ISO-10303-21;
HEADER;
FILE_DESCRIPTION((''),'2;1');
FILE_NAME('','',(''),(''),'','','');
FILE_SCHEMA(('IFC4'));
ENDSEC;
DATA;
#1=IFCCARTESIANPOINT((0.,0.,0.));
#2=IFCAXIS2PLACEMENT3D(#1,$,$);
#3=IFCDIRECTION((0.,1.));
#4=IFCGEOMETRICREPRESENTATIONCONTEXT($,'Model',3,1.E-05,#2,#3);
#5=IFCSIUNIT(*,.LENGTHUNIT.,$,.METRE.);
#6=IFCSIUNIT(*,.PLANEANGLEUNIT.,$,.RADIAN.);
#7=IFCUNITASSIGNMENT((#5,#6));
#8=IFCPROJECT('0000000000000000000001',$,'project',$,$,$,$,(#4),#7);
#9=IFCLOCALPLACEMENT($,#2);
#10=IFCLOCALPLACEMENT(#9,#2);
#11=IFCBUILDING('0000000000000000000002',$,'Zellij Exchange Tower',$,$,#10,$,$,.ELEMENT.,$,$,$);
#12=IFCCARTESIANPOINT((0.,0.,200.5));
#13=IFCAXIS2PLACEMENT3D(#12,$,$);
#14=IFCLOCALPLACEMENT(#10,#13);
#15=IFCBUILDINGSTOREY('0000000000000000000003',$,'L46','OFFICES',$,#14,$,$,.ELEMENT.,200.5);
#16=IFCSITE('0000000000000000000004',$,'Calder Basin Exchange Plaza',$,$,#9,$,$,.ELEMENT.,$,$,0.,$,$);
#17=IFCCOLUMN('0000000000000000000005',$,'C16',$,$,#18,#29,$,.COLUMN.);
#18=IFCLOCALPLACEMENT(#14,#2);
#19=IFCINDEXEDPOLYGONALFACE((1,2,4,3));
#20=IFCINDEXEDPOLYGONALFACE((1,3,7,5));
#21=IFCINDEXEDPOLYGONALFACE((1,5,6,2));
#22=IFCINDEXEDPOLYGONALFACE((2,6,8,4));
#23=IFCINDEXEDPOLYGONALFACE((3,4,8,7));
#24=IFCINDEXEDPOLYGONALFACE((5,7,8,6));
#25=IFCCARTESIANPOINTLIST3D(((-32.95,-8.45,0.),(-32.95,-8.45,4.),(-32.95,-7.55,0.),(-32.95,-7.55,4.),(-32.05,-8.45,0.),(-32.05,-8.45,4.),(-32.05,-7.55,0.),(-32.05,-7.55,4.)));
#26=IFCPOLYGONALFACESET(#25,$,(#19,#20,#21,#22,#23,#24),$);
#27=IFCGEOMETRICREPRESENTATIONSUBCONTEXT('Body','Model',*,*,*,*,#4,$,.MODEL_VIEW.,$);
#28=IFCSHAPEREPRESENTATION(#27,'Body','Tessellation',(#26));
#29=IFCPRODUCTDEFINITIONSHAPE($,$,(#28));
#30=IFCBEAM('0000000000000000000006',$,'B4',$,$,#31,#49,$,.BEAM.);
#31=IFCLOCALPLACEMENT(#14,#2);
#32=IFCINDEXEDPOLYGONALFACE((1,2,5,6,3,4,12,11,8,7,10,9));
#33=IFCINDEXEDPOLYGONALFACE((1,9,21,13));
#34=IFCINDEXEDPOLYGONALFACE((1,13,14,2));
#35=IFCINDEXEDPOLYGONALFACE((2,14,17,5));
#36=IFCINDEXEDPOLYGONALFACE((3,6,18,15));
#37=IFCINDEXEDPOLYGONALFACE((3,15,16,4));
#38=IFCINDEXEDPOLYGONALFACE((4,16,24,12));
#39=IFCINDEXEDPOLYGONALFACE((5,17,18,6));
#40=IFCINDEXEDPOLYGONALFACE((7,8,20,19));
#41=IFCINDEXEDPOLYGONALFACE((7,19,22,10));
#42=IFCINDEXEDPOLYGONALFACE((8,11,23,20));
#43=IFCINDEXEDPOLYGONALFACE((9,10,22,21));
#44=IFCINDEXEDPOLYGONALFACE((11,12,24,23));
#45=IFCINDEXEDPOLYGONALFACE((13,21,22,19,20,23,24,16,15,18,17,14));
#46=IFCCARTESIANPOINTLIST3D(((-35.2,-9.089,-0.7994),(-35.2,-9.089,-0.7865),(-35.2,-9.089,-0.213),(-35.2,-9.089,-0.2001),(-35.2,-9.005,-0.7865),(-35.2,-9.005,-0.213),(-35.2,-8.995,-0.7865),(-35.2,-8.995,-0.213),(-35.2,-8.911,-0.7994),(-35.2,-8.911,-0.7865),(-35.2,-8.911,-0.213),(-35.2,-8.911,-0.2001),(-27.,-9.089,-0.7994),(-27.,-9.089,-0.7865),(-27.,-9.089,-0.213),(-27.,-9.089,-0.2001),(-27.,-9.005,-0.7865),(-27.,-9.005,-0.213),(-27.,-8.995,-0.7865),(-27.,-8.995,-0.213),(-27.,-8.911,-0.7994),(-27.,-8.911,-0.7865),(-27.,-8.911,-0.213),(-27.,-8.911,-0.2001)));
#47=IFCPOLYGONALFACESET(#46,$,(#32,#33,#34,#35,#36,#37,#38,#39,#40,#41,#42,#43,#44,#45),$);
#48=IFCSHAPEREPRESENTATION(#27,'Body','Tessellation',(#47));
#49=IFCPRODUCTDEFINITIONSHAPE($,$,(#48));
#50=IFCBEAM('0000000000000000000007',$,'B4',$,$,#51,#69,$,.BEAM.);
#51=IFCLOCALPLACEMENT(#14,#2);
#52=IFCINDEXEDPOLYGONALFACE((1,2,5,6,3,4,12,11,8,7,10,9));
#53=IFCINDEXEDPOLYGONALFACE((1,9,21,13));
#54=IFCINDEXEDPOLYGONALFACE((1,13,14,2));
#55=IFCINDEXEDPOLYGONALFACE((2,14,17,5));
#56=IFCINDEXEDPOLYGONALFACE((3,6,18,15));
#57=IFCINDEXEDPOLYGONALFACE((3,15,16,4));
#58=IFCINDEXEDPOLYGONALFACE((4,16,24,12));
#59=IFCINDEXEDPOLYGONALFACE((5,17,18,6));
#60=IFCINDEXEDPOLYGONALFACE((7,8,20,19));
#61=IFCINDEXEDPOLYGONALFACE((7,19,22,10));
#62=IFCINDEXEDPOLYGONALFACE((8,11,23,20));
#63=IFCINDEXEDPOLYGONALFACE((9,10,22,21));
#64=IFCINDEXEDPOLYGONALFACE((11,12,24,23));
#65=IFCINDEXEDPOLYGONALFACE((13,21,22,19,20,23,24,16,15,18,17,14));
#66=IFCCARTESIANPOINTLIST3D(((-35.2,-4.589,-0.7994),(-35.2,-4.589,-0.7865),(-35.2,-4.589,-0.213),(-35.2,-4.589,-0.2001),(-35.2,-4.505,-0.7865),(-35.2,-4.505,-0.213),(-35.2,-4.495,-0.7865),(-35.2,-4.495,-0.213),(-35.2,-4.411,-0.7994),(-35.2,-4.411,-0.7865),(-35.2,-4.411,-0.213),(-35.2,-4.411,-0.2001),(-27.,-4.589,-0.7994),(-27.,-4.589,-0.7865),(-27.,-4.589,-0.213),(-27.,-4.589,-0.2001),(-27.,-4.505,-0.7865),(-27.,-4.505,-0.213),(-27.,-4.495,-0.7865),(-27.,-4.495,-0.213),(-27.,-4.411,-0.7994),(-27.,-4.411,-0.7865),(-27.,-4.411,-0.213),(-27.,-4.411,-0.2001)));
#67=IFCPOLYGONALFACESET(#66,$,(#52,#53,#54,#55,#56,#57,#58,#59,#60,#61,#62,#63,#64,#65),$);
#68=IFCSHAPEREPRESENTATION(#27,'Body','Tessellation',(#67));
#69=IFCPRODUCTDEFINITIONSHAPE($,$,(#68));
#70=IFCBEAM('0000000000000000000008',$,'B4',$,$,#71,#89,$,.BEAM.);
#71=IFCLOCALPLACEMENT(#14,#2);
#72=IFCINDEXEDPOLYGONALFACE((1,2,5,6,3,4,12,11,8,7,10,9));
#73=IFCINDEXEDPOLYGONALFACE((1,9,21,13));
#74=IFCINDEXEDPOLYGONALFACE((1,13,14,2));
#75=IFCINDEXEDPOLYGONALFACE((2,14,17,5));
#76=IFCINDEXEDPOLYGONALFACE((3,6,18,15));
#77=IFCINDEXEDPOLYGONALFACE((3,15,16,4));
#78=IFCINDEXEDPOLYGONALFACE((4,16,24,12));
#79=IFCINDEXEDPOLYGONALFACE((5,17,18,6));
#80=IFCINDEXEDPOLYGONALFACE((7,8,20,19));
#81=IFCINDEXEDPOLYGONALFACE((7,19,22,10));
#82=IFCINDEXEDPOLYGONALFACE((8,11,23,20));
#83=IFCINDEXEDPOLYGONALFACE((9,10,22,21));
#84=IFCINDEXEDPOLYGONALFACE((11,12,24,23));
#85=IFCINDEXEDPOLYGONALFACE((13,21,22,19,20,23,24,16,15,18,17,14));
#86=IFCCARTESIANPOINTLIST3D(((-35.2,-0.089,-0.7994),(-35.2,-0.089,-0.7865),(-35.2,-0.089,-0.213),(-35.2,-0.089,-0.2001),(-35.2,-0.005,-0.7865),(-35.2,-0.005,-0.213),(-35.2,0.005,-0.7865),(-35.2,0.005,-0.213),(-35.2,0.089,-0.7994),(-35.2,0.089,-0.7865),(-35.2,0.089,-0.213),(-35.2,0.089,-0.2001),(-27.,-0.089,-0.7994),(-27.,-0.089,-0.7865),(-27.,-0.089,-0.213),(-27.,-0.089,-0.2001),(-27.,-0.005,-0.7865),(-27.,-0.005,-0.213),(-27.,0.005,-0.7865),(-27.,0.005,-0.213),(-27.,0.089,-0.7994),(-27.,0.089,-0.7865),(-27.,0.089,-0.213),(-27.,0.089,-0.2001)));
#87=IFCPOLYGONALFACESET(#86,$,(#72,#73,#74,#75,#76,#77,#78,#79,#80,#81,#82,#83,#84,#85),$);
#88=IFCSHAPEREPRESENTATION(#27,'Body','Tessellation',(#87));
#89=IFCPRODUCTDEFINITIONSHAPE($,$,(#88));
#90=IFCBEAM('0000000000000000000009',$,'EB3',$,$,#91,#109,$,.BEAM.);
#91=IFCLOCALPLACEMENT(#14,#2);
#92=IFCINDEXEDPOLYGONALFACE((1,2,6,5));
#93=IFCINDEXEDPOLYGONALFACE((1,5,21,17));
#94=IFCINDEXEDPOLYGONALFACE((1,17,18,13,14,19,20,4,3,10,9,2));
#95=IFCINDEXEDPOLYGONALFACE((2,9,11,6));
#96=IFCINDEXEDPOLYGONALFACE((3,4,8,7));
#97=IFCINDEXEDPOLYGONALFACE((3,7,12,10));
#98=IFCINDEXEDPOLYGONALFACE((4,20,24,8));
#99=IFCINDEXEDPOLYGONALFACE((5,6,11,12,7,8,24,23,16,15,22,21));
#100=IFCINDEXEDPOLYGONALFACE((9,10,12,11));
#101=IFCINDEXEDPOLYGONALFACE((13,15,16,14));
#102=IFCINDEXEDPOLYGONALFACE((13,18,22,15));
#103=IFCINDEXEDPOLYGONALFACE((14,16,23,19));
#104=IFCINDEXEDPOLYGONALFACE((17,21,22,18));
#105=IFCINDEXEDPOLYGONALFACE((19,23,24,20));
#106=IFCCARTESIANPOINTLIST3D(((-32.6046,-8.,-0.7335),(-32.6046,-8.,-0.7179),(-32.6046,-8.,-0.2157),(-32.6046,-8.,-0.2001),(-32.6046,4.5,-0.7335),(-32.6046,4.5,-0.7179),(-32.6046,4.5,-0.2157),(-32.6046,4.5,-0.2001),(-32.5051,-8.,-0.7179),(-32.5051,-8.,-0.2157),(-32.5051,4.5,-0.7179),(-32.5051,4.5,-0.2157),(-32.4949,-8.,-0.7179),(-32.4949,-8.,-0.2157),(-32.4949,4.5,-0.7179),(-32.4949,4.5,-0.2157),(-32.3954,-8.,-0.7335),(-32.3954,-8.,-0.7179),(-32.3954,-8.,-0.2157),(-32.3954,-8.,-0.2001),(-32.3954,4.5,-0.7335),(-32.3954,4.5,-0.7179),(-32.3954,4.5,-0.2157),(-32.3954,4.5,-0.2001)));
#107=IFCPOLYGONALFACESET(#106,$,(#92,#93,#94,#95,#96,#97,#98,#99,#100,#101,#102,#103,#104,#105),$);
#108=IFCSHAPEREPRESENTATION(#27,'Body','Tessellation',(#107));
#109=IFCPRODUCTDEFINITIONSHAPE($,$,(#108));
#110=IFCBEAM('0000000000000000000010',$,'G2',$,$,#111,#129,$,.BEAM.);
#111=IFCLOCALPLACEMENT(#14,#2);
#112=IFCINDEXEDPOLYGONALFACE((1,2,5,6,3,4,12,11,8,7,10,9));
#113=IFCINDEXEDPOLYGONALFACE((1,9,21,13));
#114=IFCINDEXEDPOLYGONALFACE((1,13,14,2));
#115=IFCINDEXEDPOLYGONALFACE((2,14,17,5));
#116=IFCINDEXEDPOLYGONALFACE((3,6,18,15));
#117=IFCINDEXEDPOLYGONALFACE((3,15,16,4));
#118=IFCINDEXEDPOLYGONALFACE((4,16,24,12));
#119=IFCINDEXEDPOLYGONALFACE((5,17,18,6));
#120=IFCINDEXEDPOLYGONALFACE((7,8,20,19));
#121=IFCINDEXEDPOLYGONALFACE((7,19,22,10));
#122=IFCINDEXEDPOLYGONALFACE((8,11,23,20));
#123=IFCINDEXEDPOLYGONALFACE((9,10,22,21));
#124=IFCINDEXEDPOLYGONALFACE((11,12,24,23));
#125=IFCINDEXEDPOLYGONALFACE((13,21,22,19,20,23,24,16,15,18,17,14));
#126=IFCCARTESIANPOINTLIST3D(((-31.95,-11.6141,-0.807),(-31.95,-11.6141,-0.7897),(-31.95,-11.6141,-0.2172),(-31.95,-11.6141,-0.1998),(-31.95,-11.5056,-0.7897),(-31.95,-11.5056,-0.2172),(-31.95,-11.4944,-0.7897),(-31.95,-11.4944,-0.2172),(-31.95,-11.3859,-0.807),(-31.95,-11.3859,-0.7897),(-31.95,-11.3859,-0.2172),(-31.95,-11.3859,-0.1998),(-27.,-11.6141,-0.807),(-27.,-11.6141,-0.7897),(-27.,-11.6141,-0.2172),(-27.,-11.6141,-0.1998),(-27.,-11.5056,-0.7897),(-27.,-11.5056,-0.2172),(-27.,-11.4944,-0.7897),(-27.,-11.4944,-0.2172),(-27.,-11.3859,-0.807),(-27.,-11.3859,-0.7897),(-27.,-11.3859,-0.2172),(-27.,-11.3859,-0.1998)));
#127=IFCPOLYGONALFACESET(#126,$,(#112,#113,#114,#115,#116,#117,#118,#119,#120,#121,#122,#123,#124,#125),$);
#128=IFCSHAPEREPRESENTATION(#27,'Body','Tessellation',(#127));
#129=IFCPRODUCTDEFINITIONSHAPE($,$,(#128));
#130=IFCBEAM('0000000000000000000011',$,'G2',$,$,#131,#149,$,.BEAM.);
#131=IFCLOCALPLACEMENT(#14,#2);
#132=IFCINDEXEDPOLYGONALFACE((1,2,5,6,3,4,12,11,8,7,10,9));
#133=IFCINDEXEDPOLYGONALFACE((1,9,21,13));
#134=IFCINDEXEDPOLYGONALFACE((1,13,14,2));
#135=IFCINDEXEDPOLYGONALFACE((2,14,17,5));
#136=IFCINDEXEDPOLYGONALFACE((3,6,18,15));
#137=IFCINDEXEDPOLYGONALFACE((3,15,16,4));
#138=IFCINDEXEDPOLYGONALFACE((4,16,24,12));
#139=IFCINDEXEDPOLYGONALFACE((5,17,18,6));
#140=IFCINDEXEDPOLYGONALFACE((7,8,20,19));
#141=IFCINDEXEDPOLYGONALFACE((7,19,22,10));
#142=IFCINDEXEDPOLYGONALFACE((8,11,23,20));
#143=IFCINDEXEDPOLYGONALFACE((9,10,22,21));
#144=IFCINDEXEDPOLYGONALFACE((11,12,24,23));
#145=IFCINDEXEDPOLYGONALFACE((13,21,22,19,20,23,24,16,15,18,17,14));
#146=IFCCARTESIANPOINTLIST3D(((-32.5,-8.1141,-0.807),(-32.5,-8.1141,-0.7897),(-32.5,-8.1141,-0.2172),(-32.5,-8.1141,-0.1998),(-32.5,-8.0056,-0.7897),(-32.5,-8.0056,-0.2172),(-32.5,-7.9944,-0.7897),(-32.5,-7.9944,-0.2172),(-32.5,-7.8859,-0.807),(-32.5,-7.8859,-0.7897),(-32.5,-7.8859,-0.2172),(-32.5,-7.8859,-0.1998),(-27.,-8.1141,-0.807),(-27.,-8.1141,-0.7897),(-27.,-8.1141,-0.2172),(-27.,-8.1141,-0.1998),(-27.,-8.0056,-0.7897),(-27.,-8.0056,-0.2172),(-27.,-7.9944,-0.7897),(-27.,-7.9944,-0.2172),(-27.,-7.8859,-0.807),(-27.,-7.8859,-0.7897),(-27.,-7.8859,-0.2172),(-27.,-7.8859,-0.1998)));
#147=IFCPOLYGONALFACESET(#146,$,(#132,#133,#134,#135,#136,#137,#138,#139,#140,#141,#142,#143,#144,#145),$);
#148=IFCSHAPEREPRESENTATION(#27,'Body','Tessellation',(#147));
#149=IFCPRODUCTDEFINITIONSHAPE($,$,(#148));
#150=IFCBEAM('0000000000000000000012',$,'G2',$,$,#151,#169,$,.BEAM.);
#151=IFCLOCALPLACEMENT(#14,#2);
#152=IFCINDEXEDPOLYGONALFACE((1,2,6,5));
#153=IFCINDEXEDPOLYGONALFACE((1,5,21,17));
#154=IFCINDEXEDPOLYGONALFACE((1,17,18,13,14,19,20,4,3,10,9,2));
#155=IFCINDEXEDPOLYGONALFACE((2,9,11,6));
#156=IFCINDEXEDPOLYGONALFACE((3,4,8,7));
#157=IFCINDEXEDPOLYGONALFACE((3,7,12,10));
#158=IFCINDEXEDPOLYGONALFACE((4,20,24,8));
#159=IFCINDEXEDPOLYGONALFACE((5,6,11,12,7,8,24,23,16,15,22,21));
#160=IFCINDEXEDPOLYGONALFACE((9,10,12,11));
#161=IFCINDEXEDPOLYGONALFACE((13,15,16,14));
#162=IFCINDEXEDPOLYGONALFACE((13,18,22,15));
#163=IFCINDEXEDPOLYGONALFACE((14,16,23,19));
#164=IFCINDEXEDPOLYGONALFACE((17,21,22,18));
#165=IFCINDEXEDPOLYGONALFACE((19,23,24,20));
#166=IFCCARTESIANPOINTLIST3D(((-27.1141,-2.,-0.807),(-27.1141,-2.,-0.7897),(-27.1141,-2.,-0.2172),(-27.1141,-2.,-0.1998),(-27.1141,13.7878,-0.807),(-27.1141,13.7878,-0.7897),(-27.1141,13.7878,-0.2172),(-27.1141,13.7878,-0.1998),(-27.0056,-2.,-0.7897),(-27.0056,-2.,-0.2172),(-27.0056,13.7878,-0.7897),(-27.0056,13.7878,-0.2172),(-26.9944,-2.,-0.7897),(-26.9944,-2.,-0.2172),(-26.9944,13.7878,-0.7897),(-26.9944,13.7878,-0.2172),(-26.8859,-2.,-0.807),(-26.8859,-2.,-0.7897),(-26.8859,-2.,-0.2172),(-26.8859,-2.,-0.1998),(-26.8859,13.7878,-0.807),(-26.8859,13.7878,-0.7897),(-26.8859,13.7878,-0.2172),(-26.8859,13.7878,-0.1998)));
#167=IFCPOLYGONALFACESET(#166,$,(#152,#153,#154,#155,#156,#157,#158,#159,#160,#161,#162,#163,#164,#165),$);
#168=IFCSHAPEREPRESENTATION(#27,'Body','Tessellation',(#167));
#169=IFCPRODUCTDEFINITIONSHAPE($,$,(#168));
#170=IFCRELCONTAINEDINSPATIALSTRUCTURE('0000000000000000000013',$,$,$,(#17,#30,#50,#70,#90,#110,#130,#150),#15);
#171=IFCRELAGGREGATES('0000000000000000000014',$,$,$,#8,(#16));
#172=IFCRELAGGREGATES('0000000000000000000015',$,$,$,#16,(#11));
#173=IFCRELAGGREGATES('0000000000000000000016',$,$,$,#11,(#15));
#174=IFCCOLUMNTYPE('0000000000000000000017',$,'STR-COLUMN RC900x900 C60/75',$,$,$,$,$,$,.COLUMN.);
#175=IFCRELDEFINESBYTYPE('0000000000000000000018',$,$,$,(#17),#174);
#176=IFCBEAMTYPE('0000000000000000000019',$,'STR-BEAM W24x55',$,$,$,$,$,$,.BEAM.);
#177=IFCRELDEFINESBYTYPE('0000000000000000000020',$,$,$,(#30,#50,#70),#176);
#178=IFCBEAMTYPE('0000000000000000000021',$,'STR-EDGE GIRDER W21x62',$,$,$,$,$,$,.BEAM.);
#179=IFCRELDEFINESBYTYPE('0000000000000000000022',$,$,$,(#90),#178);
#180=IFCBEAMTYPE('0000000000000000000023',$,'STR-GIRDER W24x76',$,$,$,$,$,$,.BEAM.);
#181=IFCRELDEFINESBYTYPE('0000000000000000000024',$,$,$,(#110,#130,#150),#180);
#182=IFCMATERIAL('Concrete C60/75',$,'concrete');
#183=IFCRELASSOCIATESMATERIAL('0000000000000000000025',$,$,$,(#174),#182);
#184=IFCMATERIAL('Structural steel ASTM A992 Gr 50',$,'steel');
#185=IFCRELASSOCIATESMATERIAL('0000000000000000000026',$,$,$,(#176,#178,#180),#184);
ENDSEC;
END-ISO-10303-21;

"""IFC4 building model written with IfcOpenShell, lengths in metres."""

from ifc_helpers import new_model, si_unit, direction, frame, origin, origin_2d, place, context, subcontext, project, spatial, rectangle, i_section, extrude, material, material_profile, profile_set, type_object, element, save


model = new_model("IFC4")

# Units and contexts
model_context = context("Model", 3, precision=1e-05, world=origin(), true_north=direction((0.0, 1.0)))
body_context = subcontext(model_context, "Body", "Model", "MODEL_VIEW")
ifc_project = project(units=[si_unit("LENGTHUNIT", "METRE"), si_unit("PLANEANGLEUNIT", "RADIAN")], contexts=[model_context])

# Site, building, storey
site_placement = place(None, origin())
site = spatial("IfcSite", under=ifc_project, at=site_placement, Name="Calder Basin Exchange Plaza", CompositionType="ELEMENT", RefElevation=0.0)
building_placement = place(site_placement, origin())
building = spatial("IfcBuilding", under=site, at=building_placement, Name="Zellij Exchange Tower", CompositionType="ELEMENT")
storey_placement = place(building_placement, frame((0.0, 0.0, 200.5)))
storey = spatial("IfcBuildingStorey", under=building, at=storey_placement, Name="L46", Description="OFFICES", CompositionType="ELEMENT", Elevation=200.5)

# Column
ifc_material_1 = material(Name="Concrete C60/75", Category="concrete")
ifc_material_profile_1 = material_profile(ifc_material_1, rectangle(XDim=0.8999, YDim=0.8999, at=origin_2d()), Name="STR-COLUMN RC900x900 C60/75")
ifc_profile_set_1 = profile_set([ifc_material_profile_1], Name="Concrete C60/75")
column_type = type_object("IfcColumnType", Name="STR-COLUMN RC900x900 C60/75", PredefinedType="COLUMN", material=ifc_profile_set_1)
column_placement = place(storey_placement, frame((-32.5, -8.0, 0.0), z_axis=(0.0, 0.0, 1.0), x_axis=(1.0, 0.0, 0.0)))
element("IfcColumn", 1, at=column_placement, inside=storey, type_object=column_type, Name="C16", PredefinedType="COLUMN", context=body_context, shape_type="SweptSolid", body=[
    extrude(rectangle(XDim=0.8999, YDim=0.8999, at=origin_2d()), origin(), (0.0, 0.0, 1.0), 4.0),
])

# Beams
ifc_material_2 = material(Name="Structural steel ASTM A992 Gr 50", Category="steel")
ifc_material_profile_2 = material_profile(ifc_material_2, i_section(OverallWidth=0.178, OverallDepth=0.5994, WebThickness=0.01, FlangeThickness=0.0129, at=origin_2d()), Name="W24x55")
ifc_profile_set_2 = profile_set([ifc_material_profile_2], Name="Structural steel ASTM A992 Gr 50")
beam_type_1 = type_object("IfcBeamType", Name="STR-BEAM W24x55", PredefinedType="BEAM", material=ifc_profile_set_2)
for number, where, z_axis, x_axis, name in (
    (2, (-35.2, -9.0, -0.4998), (1.0, 0.0, 0.0), (0.0, 1.0, 0.0), "B4"),
    (3, (-35.2, -4.5, -0.4998), (1.0, 0.0, 0.0), (0.0, 1.0, 0.0), "B4"),
    (4, (-35.2, 0.0, -0.4998), (1.0, 0.0, 0.0), (0.0, 1.0, 0.0), "B4"),
):
    element("IfcBeam", number, at=place(storey_placement, frame(where, z_axis=z_axis, x_axis=x_axis)), inside=storey, type_object=beam_type_1, Name=name, PredefinedType="BEAM", context=body_context, shape_type="SweptSolid", body=[
        extrude(i_section(OverallWidth=0.178, OverallDepth=0.5994, WebThickness=0.01, FlangeThickness=0.0129, at=origin_2d()), origin(), (0.0, 0.0, 1.0), 8.2),
    ])
ifc_material_profile_3 = material_profile(ifc_material_2, i_section(OverallWidth=0.2092, OverallDepth=0.5334, WebThickness=0.0103, FlangeThickness=0.0156, at=origin_2d()), Name="W21x62")
ifc_profile_set_3 = profile_set([ifc_material_profile_3], Name="Structural steel ASTM A992 Gr 50")
beam_type_2 = type_object("IfcBeamType", Name="STR-EDGE GIRDER W21x62", PredefinedType="BEAM", material=ifc_profile_set_3)
beam_1_placement = place(storey_placement, frame((-32.5, -8.0, -0.4668), z_axis=(0.0, 1.0, 0.0), x_axis=(-1.0, 0.0, 0.0)))
element("IfcBeam", 5, at=beam_1_placement, inside=storey, type_object=beam_type_2, Name="EB3", PredefinedType="BEAM", context=body_context, shape_type="SweptSolid", body=[
    extrude(i_section(OverallWidth=0.2092, OverallDepth=0.5334, WebThickness=0.0103, FlangeThickness=0.0156, at=origin_2d()), origin(), (0.0, 0.0, 1.0), 12.5),
])
ifc_material_profile_4 = material_profile(ifc_material_2, i_section(OverallWidth=0.2283, OverallDepth=0.6072, WebThickness=0.0112, FlangeThickness=0.0173, at=origin_2d()), Name="W24x76")
ifc_profile_set_4 = profile_set([ifc_material_profile_4], Name="Structural steel ASTM A992 Gr 50")
beam_type_3 = type_object("IfcBeamType", Name="STR-GIRDER W24x76", PredefinedType="BEAM", material=ifc_profile_set_4)
beam_2_placement = place(storey_placement, frame((-31.95, -11.5, -0.5034), z_axis=(1.0, 0.0, 0.0), x_axis=(0.0, 1.0, 0.0)))
element("IfcBeam", 6, at=beam_2_placement, inside=storey, type_object=beam_type_3, Name="G2", PredefinedType="BEAM", context=body_context, shape_type="SweptSolid", body=[
    extrude(i_section(OverallWidth=0.2283, OverallDepth=0.6072, WebThickness=0.0112, FlangeThickness=0.0173, at=origin_2d()), origin(), (0.0, 0.0, 1.0), 4.95),
])
beam_3_placement = place(storey_placement, frame((-32.5, -8.0, -0.5034), z_axis=(1.0, 0.0, 0.0), x_axis=(0.0, 1.0, 0.0)))
element("IfcBeam", 7, at=beam_3_placement, inside=storey, type_object=beam_type_3, Name="G2", PredefinedType="BEAM", context=body_context, shape_type="SweptSolid", body=[
    extrude(i_section(OverallWidth=0.2283, OverallDepth=0.6072, WebThickness=0.0112, FlangeThickness=0.0173, at=origin_2d()), origin(), (0.0, 0.0, 1.0), 5.5),
])
beam_4_placement = place(storey_placement, frame((-27.0, -2.0, -0.5034), z_axis=(0.0, 1.0, 0.0), x_axis=(-1.0, 0.0, 0.0)))
element("IfcBeam", 8, at=beam_4_placement, inside=storey, type_object=beam_type_3, Name="G2", PredefinedType="BEAM", context=body_context, shape_type="SweptSolid", body=[
    extrude(i_section(OverallWidth=0.2283, OverallDepth=0.6072, WebThickness=0.0112, FlangeThickness=0.0173, at=origin_2d()), origin(), (0.0, 0.0, 1.0), 15.7878),
])

save(model, "model.ifc")
